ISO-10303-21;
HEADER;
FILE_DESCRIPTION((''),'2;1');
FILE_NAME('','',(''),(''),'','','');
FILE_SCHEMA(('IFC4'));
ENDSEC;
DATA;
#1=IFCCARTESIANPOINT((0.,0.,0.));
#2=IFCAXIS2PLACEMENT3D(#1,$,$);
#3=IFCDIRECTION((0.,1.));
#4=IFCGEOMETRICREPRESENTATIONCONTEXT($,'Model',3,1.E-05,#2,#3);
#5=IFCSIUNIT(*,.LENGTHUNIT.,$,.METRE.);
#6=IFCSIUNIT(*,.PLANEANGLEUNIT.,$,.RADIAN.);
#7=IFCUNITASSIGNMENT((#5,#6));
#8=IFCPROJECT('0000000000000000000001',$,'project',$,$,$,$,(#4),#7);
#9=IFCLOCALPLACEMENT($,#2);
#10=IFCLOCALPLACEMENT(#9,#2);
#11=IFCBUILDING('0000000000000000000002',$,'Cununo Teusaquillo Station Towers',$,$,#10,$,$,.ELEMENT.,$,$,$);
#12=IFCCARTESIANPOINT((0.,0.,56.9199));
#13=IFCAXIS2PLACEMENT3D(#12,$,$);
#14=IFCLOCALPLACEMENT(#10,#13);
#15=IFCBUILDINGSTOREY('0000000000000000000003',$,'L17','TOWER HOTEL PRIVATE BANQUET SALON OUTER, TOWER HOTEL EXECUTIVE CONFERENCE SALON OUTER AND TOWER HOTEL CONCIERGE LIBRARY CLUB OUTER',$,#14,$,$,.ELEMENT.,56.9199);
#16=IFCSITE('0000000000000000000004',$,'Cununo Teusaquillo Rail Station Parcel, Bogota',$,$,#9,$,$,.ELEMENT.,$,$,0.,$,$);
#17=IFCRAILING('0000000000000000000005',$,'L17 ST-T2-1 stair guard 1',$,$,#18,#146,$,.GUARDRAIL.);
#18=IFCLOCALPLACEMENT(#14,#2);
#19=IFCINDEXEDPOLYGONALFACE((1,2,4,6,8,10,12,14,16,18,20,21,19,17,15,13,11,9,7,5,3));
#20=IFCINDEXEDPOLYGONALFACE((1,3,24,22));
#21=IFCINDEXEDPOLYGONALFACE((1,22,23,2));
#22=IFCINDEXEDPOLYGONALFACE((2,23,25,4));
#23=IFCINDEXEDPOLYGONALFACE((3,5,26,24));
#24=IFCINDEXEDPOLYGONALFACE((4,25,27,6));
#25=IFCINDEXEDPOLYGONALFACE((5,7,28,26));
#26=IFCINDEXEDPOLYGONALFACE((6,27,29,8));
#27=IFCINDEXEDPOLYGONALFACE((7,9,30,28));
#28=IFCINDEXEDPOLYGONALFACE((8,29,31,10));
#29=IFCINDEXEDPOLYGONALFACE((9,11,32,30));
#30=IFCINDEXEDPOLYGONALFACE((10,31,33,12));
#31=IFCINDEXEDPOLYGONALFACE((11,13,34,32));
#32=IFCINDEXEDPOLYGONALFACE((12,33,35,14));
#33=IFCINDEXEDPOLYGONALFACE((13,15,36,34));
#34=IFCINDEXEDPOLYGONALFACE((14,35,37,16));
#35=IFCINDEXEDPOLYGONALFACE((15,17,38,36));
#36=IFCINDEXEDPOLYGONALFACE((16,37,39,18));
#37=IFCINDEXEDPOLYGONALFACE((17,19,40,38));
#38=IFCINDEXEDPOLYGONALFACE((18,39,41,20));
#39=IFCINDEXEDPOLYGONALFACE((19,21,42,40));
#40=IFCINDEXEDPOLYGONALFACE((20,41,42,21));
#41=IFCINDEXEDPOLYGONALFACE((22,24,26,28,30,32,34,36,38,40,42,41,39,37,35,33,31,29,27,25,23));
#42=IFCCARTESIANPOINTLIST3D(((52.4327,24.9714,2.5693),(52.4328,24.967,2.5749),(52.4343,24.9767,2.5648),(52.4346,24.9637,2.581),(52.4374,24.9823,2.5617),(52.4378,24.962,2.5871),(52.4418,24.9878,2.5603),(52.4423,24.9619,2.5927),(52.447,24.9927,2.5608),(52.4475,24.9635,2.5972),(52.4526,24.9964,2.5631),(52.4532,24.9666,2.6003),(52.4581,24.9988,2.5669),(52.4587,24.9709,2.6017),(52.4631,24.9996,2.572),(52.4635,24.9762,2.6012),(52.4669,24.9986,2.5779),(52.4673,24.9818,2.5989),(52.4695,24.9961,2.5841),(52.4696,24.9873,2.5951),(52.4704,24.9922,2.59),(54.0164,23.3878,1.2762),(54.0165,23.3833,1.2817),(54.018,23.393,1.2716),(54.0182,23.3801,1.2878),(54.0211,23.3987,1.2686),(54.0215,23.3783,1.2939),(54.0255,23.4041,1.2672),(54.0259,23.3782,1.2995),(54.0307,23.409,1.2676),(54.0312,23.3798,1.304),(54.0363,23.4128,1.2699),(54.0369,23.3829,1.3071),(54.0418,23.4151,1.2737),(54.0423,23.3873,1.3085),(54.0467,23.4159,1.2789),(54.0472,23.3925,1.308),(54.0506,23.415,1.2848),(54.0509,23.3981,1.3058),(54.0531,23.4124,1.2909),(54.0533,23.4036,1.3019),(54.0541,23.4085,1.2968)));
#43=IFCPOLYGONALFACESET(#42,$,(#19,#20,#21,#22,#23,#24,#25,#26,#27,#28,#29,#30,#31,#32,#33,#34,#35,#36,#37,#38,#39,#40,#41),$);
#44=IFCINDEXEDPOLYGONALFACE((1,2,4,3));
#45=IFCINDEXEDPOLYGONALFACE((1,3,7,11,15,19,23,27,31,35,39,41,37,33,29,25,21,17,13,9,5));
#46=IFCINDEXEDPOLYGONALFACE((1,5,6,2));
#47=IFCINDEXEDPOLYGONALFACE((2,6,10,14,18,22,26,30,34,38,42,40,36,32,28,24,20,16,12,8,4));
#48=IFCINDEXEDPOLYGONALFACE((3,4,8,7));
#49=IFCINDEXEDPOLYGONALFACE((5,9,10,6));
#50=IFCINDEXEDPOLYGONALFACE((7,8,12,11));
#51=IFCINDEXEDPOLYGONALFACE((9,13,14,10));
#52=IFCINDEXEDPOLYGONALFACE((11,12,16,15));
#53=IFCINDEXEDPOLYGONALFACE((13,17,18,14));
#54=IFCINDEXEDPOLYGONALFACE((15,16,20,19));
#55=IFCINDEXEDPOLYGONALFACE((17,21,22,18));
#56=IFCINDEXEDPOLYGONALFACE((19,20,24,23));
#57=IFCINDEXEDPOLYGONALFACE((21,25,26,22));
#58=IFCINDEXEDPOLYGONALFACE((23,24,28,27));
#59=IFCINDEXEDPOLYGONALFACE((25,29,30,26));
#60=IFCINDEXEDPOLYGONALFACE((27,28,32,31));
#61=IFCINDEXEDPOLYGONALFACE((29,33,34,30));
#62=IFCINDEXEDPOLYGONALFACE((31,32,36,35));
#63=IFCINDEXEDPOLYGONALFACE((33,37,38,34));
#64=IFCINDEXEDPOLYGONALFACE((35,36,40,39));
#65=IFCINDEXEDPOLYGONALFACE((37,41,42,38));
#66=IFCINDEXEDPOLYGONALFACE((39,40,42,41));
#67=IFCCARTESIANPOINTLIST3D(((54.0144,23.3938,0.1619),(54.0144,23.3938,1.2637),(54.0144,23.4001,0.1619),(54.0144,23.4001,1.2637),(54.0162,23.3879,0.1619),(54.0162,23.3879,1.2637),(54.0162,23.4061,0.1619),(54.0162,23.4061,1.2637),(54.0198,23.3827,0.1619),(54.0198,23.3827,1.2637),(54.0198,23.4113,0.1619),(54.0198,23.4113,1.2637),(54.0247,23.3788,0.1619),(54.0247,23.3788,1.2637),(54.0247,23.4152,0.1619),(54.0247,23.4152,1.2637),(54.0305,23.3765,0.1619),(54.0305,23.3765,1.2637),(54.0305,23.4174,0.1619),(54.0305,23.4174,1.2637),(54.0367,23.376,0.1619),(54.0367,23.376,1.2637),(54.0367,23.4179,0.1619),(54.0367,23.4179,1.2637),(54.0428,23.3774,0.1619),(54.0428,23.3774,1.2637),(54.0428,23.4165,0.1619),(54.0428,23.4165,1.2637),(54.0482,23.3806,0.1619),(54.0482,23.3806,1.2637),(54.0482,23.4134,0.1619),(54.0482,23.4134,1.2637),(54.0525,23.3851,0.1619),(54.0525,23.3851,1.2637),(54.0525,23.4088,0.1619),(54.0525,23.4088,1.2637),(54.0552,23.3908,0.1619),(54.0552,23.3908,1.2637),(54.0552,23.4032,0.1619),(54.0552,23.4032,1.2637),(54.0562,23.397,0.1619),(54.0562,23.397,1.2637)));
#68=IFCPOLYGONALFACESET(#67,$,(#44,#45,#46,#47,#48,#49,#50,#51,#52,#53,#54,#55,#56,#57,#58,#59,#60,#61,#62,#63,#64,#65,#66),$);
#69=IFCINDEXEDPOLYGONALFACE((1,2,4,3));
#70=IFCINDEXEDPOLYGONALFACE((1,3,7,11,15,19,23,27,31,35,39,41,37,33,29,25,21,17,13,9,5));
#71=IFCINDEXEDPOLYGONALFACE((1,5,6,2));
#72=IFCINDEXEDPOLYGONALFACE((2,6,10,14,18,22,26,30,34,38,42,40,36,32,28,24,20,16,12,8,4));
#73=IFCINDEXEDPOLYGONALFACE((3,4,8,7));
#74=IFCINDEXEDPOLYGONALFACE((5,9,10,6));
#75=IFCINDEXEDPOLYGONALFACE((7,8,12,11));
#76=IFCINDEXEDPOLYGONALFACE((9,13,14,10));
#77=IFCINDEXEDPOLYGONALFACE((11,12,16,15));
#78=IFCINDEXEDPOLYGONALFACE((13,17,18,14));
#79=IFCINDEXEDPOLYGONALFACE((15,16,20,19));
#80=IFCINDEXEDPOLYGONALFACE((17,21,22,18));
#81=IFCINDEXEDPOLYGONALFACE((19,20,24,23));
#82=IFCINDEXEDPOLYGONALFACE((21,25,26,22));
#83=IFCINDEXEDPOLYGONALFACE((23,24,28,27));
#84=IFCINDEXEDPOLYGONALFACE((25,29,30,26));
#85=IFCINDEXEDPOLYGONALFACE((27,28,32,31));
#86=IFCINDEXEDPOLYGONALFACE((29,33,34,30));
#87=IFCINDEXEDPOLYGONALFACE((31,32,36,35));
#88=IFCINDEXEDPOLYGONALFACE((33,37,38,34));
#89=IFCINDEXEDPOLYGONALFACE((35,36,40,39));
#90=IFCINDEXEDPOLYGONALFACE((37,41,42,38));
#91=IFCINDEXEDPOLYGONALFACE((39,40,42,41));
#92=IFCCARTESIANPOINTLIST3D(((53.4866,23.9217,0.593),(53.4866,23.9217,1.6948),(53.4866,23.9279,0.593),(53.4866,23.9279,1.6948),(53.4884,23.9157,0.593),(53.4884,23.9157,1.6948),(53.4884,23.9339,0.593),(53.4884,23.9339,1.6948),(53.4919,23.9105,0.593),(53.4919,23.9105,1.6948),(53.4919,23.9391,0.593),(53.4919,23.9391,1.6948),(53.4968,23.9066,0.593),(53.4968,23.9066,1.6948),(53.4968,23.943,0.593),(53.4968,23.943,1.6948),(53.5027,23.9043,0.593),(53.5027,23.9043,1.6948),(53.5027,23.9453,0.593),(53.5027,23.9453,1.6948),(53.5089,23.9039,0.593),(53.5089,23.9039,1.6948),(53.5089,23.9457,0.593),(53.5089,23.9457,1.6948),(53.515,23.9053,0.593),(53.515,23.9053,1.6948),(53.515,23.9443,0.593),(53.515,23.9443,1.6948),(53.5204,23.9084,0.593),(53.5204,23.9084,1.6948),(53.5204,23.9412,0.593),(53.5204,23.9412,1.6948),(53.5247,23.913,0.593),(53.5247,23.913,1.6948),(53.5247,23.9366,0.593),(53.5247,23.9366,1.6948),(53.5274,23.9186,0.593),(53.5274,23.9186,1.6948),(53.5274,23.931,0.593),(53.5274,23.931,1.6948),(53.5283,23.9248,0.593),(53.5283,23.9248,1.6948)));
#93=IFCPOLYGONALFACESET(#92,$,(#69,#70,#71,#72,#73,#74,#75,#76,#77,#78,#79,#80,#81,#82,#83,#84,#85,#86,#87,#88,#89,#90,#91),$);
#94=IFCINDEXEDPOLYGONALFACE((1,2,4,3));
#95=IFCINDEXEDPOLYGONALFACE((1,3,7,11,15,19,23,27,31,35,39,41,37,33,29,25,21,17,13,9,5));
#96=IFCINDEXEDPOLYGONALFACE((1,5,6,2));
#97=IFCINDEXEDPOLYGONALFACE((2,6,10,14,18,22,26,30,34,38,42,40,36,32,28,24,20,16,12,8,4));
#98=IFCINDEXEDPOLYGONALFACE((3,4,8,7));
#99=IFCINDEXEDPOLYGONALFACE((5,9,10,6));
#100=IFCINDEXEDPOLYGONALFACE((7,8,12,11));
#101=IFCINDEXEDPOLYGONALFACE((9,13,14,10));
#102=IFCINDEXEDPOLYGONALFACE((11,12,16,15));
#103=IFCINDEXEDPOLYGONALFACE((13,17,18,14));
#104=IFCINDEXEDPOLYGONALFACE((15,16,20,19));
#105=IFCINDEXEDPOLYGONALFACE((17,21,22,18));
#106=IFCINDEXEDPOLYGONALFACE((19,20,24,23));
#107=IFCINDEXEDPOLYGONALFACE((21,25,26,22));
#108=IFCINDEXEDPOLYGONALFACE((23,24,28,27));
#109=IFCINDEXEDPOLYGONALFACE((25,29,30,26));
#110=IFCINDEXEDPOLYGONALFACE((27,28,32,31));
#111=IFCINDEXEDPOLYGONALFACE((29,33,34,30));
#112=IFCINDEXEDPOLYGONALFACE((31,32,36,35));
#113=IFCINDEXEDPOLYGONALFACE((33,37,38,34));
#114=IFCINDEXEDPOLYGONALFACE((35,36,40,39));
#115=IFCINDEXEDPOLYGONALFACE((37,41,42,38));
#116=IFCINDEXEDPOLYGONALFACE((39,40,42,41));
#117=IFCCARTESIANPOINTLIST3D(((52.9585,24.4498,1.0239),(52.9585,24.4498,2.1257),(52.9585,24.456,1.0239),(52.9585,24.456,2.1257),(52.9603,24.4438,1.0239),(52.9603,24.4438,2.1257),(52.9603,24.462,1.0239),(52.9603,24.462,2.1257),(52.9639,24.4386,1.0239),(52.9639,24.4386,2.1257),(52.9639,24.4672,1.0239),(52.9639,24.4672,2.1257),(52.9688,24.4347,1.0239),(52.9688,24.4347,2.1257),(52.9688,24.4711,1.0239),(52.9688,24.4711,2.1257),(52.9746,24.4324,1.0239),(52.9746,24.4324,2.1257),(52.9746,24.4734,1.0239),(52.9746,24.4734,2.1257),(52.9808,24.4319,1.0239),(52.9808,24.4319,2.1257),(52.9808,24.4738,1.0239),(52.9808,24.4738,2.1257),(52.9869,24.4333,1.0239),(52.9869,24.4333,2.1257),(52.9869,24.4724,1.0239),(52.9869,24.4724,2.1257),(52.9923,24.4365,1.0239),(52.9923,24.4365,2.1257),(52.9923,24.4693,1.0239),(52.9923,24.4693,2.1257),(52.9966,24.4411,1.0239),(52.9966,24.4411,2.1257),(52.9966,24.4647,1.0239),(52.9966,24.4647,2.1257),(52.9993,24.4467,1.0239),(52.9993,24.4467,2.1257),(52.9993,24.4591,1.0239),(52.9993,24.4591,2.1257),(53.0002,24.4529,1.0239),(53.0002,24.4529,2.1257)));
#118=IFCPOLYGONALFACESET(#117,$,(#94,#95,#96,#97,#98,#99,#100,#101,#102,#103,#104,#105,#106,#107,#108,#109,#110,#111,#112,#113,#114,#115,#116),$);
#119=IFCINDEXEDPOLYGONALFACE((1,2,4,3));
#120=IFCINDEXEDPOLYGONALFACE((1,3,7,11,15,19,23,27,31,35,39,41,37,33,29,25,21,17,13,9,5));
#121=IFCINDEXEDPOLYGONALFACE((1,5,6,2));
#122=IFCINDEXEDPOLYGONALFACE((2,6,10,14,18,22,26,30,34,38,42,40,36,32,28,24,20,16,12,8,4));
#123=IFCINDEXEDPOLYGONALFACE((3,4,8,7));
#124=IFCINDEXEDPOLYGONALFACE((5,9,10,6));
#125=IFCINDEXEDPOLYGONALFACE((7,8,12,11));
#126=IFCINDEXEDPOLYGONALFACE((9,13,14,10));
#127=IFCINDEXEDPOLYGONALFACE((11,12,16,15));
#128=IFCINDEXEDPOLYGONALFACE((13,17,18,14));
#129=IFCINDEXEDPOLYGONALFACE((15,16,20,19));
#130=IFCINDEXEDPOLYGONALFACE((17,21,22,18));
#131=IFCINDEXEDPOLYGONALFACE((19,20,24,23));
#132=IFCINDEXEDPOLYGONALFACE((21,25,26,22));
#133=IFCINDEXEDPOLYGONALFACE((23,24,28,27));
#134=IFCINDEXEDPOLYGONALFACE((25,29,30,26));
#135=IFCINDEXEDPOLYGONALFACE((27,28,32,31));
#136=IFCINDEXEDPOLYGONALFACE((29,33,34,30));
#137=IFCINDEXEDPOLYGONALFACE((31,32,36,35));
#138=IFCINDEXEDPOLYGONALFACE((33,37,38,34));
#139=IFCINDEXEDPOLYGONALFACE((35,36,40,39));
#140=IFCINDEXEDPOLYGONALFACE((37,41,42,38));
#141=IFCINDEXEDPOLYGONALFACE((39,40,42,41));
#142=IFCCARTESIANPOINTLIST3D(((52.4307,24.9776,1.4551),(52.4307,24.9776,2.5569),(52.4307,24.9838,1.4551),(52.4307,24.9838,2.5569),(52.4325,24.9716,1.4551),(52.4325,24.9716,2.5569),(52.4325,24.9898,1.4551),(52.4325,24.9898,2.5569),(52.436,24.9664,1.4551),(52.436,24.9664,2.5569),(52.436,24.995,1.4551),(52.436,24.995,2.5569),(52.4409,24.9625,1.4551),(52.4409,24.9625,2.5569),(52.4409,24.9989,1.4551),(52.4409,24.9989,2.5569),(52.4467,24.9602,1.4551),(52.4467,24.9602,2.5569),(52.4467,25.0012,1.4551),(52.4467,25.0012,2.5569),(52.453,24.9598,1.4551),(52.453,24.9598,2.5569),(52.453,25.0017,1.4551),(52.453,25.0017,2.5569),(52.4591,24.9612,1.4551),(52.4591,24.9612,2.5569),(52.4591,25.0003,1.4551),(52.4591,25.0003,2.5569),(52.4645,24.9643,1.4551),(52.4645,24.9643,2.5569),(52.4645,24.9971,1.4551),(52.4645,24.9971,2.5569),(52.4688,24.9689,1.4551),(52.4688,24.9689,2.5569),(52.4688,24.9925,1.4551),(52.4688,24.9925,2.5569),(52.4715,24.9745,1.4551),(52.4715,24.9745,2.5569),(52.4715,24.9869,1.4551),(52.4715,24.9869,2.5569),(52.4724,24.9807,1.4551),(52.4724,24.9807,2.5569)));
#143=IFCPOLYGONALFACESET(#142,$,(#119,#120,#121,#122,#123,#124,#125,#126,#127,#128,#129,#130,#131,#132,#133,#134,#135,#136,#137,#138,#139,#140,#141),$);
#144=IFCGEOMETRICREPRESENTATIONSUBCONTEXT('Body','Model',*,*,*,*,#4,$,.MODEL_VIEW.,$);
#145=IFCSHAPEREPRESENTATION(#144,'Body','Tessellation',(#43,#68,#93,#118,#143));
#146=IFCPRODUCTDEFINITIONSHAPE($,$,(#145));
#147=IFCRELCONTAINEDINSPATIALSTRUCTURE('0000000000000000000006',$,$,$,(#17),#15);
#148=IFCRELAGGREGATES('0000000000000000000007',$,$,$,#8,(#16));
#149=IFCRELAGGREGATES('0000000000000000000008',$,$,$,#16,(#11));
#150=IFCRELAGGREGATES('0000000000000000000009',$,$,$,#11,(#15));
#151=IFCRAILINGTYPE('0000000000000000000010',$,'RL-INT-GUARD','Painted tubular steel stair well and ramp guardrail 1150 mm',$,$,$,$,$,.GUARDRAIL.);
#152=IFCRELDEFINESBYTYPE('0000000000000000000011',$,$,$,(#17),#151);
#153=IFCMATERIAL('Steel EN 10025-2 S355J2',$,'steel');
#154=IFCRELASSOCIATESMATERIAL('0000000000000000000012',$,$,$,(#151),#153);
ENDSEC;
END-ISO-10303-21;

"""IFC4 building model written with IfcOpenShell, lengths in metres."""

from ifc_helpers import new_model, si_unit, direction, frame, origin, origin_2d, place, context, subcontext, project, spatial, circle, extrude, material, type_object, element, save


model = new_model("IFC4")

# Units and contexts
model_context = context("Model", 3, precision=1e-05, world=origin(), true_north=direction((0.0, 1.0)))
body_context = subcontext(model_context, "Body", "Model", "MODEL_VIEW")
ifc_project = project(units=[si_unit("LENGTHUNIT", "METRE"), si_unit("PLANEANGLEUNIT", "RADIAN")], contexts=[model_context])

# Site, building, storey
site_placement = place(None, origin())
site = spatial("IfcSite", under=ifc_project, at=site_placement, Name="Cununo Teusaquillo Rail Station Parcel, Bogota", CompositionType="ELEMENT", RefElevation=0.0)
building_placement = place(site_placement, origin())
building = spatial("IfcBuilding", under=site, at=building_placement, Name="Cununo Teusaquillo Station Towers", CompositionType="ELEMENT")
storey_placement = place(building_placement, frame((0.0, 0.0, 56.9199)))
storey = spatial("IfcBuildingStorey", under=building, at=storey_placement, Name="L17", Description="TOWER HOTEL PRIVATE BANQUET SALON OUTER, TOWER HOTEL EXECUTIVE CONFERENCE SALON OUTER AND TOWER HOTEL CONCIERGE LIBRARY CLUB OUTER", CompositionType="ELEMENT", Elevation=56.9199)

# Railing
ifc_material_1 = material(Name="Steel EN 10025-2 S355J2", Category="steel")
railing_type_1 = type_object("IfcRailingType", Name="RL-INT-GUARD", Description="Painted tubular steel stair well and ramp guardrail 1150 mm", PredefinedType="GUARDRAIL", material=ifc_material_1)
railing_1_placement = place(storey_placement, frame((54.0352, 23.397, 0.1619)))
element("IfcRailing", 1, at=railing_1_placement, inside=storey, type_object=railing_type_1, Name="L17 ST-T2-1 stair guard 1", PredefinedType="GUARDRAIL", context=body_context, shape_type="SweptSolid", body=[
    extrude(circle(Radius=0.0239, at=origin_2d()), frame((0.0, 0.0, 1.126), z_axis=(-0.612361, 0.612361, 0.500027), x_axis=(-0.707107, -0.707107, 0.0)), (0.0, 0.0, 1.0), 2.5862),
    extrude(circle(Radius=0.021, at=origin_2d()), origin(), (0.0, 0.0, 1.0), 1.1018),
    extrude(circle(Radius=0.021, at=origin_2d()), frame((-0.5278, 0.5278, 0.4312)), (0.0, 0.0, 1.0), 1.1018),
    extrude(circle(Radius=0.021, at=origin_2d()), frame((-1.0559, 1.0559, 0.8621)), (0.0, 0.0, 1.0), 1.1018),
    extrude(circle(Radius=0.021, at=origin_2d()), frame((-1.5837, 1.5837, 1.2932)), (0.0, 0.0, 1.0), 1.1018),
])

save(model, "model.ifc")
